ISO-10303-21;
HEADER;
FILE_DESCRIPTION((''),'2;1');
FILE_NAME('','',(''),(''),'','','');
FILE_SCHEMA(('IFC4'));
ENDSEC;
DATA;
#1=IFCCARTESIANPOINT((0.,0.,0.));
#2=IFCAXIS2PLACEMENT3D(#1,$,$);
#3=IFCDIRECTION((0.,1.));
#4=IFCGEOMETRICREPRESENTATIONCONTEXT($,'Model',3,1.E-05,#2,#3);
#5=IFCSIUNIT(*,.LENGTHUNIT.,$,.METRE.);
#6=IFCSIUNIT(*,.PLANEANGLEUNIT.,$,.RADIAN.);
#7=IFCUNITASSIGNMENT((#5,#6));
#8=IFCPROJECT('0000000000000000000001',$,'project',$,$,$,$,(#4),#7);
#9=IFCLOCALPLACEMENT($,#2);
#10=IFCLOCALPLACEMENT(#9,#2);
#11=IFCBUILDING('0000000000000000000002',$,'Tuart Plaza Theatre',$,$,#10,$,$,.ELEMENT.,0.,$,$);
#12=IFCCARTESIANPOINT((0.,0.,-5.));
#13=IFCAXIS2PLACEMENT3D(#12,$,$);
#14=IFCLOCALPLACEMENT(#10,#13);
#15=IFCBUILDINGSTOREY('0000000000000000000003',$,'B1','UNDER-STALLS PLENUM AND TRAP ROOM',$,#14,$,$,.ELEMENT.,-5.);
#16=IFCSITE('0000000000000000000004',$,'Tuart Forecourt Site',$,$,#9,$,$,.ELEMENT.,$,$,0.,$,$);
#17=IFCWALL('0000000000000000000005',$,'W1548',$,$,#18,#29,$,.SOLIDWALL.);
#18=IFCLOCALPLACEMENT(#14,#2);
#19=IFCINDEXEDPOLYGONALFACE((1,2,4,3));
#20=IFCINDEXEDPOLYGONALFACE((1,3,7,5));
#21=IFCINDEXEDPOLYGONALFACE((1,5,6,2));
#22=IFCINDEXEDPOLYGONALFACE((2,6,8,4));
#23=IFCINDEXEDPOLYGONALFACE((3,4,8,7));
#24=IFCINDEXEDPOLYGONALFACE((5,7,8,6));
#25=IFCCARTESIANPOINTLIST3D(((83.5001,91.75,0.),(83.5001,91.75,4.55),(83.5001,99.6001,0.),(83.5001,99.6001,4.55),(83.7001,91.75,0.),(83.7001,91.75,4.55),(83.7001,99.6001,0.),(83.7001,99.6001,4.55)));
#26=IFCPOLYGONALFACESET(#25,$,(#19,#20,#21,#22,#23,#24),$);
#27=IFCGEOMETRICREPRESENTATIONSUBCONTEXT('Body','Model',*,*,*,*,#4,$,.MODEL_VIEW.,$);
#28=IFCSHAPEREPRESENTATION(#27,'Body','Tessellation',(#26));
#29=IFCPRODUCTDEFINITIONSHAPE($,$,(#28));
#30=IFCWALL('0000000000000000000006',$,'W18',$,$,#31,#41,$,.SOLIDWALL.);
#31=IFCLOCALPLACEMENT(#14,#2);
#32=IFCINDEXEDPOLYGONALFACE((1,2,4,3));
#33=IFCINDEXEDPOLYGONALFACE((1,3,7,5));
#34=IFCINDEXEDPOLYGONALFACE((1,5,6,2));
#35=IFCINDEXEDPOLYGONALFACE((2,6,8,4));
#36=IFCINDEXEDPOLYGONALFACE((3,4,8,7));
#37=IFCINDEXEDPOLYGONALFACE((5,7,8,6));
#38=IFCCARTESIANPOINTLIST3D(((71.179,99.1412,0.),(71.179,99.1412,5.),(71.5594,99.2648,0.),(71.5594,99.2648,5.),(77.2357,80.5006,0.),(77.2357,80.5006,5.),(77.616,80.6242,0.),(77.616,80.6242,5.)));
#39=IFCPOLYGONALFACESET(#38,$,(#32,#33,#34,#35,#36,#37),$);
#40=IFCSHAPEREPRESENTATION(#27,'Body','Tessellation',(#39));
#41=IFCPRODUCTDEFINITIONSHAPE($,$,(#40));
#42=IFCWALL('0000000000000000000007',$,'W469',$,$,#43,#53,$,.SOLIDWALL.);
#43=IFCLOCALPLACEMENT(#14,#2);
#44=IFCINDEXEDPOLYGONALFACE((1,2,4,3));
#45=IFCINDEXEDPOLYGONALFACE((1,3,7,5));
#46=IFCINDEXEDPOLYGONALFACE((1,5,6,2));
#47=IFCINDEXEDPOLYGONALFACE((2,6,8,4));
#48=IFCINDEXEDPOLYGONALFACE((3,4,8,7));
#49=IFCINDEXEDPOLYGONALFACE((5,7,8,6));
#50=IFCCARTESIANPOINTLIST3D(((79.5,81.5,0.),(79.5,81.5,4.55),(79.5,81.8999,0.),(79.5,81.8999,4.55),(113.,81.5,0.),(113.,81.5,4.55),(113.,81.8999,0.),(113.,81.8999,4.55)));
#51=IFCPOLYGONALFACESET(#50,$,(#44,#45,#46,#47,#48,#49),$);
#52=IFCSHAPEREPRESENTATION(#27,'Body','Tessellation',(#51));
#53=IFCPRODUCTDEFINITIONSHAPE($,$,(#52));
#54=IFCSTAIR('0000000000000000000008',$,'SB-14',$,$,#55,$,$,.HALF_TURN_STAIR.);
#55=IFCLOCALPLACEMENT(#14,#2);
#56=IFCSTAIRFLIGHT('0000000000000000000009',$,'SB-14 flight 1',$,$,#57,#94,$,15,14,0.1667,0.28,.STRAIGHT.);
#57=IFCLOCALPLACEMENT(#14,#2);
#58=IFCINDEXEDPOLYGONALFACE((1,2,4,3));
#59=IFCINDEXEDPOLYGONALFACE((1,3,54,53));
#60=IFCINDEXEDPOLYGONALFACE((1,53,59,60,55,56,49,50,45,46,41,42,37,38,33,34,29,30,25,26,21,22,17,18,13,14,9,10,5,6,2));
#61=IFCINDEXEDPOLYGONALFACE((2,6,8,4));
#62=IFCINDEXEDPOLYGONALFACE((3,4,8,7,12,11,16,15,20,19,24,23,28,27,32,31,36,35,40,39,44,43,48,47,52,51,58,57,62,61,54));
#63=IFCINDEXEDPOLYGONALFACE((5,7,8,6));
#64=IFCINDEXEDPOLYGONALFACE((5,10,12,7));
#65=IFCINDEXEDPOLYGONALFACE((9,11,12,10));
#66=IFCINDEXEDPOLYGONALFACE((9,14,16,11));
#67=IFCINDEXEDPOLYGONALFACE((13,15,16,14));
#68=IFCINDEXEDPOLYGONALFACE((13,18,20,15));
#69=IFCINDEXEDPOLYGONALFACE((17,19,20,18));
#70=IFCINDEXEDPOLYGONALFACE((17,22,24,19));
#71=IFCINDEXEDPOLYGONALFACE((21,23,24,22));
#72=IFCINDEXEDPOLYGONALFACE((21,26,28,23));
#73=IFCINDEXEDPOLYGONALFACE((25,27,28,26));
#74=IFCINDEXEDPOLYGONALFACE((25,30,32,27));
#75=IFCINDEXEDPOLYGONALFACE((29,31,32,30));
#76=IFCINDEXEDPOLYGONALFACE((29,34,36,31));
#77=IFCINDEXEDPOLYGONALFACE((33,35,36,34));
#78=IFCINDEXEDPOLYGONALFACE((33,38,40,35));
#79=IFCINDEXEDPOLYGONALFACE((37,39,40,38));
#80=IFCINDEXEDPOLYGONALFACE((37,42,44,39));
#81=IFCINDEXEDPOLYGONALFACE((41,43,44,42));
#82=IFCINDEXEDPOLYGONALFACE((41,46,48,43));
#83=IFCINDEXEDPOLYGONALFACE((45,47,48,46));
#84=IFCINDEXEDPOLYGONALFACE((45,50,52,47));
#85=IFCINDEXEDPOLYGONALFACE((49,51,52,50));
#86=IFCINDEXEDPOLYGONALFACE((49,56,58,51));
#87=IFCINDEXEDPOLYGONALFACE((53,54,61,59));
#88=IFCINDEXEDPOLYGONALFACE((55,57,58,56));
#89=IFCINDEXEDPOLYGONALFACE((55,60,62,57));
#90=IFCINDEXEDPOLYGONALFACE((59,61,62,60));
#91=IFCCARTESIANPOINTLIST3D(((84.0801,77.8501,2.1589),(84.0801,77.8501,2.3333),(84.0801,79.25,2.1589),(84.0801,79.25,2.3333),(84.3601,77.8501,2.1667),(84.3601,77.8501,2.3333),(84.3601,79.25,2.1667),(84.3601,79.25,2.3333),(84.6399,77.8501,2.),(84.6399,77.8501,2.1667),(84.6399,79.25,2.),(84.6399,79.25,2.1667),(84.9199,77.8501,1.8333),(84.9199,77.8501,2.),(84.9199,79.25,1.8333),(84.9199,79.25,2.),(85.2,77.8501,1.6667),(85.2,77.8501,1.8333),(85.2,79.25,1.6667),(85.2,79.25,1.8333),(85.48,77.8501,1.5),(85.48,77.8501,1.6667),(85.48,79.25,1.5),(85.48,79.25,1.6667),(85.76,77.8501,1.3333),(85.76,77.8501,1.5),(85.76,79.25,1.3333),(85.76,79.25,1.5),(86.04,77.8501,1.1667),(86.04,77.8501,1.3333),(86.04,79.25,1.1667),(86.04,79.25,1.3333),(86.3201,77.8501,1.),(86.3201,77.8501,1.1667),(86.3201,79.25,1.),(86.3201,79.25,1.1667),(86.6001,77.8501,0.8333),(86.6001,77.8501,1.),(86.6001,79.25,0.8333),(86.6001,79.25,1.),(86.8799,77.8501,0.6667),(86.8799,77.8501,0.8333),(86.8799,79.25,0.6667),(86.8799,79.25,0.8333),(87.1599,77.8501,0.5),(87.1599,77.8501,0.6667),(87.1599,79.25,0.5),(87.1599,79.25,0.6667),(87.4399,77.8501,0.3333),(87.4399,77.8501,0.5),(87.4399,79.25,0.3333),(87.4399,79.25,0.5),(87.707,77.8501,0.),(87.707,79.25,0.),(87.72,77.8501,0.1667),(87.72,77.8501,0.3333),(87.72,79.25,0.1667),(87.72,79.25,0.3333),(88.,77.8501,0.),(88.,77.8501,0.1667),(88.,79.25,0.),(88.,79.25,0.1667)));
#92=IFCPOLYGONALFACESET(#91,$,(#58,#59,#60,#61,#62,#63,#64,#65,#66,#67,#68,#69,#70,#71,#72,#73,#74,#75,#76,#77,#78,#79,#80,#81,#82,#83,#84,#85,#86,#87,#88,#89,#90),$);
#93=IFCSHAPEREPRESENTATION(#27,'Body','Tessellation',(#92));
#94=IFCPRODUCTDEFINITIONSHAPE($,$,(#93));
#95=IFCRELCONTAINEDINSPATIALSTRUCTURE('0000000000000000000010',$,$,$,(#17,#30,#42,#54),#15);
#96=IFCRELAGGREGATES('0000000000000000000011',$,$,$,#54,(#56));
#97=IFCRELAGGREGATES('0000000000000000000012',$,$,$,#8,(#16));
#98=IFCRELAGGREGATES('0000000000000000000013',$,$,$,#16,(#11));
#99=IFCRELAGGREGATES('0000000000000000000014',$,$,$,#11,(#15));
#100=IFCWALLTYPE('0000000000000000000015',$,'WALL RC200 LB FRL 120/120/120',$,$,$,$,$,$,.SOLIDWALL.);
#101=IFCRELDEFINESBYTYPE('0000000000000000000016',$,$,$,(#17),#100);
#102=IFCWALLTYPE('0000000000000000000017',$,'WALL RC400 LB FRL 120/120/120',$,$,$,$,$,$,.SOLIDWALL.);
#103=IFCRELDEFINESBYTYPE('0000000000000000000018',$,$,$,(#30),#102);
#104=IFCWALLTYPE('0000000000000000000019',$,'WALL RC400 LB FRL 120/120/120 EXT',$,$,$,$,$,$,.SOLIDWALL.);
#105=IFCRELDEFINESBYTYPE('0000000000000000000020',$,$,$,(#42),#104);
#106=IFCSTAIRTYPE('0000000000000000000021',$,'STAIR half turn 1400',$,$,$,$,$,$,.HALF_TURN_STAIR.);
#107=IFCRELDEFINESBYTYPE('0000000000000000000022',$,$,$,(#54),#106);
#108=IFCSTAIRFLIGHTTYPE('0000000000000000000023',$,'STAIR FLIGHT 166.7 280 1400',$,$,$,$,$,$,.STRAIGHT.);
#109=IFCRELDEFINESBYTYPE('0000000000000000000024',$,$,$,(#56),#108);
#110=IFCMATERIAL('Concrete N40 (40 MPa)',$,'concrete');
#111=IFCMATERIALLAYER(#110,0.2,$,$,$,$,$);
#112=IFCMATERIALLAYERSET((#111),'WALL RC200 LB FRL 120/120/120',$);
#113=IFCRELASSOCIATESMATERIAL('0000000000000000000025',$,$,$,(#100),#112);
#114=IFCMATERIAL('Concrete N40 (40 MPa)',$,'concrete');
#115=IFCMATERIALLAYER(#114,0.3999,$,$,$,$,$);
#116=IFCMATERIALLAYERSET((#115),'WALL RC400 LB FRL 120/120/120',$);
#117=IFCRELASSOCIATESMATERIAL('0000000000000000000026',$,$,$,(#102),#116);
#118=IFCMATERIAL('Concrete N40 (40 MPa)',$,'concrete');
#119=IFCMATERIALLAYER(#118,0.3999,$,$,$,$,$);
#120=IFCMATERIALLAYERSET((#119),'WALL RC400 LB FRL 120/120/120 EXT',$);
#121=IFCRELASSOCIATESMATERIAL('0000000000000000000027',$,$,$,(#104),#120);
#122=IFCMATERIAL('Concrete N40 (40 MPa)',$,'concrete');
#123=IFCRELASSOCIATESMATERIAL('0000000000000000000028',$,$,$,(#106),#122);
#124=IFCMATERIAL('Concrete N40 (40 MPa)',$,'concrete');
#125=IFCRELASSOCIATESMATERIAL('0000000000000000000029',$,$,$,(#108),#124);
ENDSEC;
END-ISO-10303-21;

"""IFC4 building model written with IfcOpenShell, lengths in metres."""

from ifc_helpers import new_model, si_unit, direction, frame, frame_2d, origin, place, context, subcontext, project, spatial, polyline, rectangle, outline, extrude, material, layer, layer_set, type_object, element, aggregate, save


model = new_model("IFC4")

# Units and contexts
model_context = context("Model", 3, precision=1e-05, world=origin(), true_north=direction((0.0, 1.0)))
body_context = subcontext(model_context, "Body", "Model", "MODEL_VIEW")
ifc_project = project(units=[si_unit("LENGTHUNIT", "METRE"), si_unit("PLANEANGLEUNIT", "RADIAN")], contexts=[model_context])

# Site, building, storey
site_placement = place(None, origin())
site = spatial("IfcSite", under=ifc_project, at=site_placement, Name="Tuart Forecourt Site", CompositionType="ELEMENT", RefElevation=0.0)
building_placement = place(site_placement, origin())
building = spatial("IfcBuilding", under=site, at=building_placement, Name="Tuart Plaza Theatre", CompositionType="ELEMENT", ElevationOfRefHeight=0.0)
storey_placement = place(building_placement, frame((0.0, 0.0, -5.0)))
storey = spatial("IfcBuildingStorey", under=building, at=storey_placement, Name="B1", Description="UNDER-STALLS PLENUM AND TRAP ROOM", CompositionType="ELEMENT", Elevation=-5.0)

# Walls
ifc_material_1 = material(Name="Concrete N40 (40 MPa)", Category="concrete")
ifc_layer_1 = layer(ifc_material_1, 0.2)
ifc_layer_set_1 = layer_set([ifc_layer_1], Name="WALL RC200 LB FRL 120/120/120")
wall_type_1 = type_object("IfcWallType", Name="WALL RC200 LB FRL 120/120/120", PredefinedType="SOLIDWALL", material=ifc_layer_set_1)
wall_1_placement = place(storey_placement, frame((83.6001, 91.75, 0.0), z_axis=(0.0, 0.0, 1.0), x_axis=(0.0, 1.0, 0.0)))
element("IfcWall", 1, at=wall_1_placement, inside=storey, type_object=wall_type_1, Name="W1548", PredefinedType="SOLIDWALL", context=body_context, shape_type="SweptSolid", body=[
    extrude(rectangle(XDim=7.8501, YDim=0.2, at=frame_2d((3.925, 0.0))), origin(), (0.0, 0.0, 1.0), 4.55),
])
ifc_material_2 = material(Name="Concrete N40 (40 MPa)", Category="concrete")
ifc_layer_2 = layer(ifc_material_2, 0.3999)
ifc_layer_set_2 = layer_set([ifc_layer_2], Name="WALL RC400 LB FRL 120/120/120")
wall_type_2 = type_object("IfcWallType", Name="WALL RC400 LB FRL 120/120/120", PredefinedType="SOLIDWALL", material=ifc_layer_set_2)
wall_2_placement = place(storey_placement, frame((77.4258, 80.5625, 0.0), z_axis=(0.0, 0.0, 1.0), x_axis=(-0.309014, 0.951057, 0.0)))
element("IfcWall", 2, at=wall_2_placement, inside=storey, type_object=wall_type_2, Name="W18", PredefinedType="SOLIDWALL", context=body_context, shape_type="SweptSolid", body=[
    extrude(rectangle(XDim=19.5999, YDim=0.3999, at=frame_2d((9.7998, 0.0))), origin(), (0.0, 0.0, 1.0), 5.0),
])
ifc_material_3 = material(Name="Concrete N40 (40 MPa)", Category="concrete")
ifc_layer_3 = layer(ifc_material_3, 0.3999)
ifc_layer_set_3 = layer_set([ifc_layer_3], Name="WALL RC400 LB FRL 120/120/120 EXT")
wall_type_3 = type_object("IfcWallType", Name="WALL RC400 LB FRL 120/120/120 EXT", PredefinedType="SOLIDWALL", material=ifc_layer_set_3)
wall_3_placement = place(storey_placement, frame((79.5, 81.7, 0.0), z_axis=(0.0, 0.0, 1.0), x_axis=(1.0, 0.0, 0.0)))
element("IfcWall", 3, at=wall_3_placement, inside=storey, type_object=wall_type_3, Name="W469", PredefinedType="SOLIDWALL", context=body_context, shape_type="SweptSolid", body=[
    extrude(rectangle(XDim=33.5, YDim=0.3999, at=frame_2d((16.75, 0.0))), origin(), (0.0, 0.0, 1.0), 4.55),
])

# Stair, stair flight
ifc_material_4 = material(Name="Concrete N40 (40 MPa)", Category="concrete")
stair_type = type_object("IfcStairType", Name="STAIR half turn 1400", PredefinedType="HALF_TURN_STAIR", material=ifc_material_4)
stair_placement = place(storey_placement, origin())
stair = element("IfcStair", 4, at=stair_placement, inside=storey, type_object=stair_type, Name="SB-14", PredefinedType="HALF_TURN_STAIR")
ifc_material_5 = material(Name="Concrete N40 (40 MPa)", Category="concrete")
stair_flight_type = type_object("IfcStairFlightType", Name="STAIR FLIGHT 166.7 280 1400", PredefinedType="STRAIGHT", material=ifc_material_5)
stair_flight_placement = place(storey_placement, frame((88.0, 78.55, 0.0), z_axis=(0.0, 0.0, 1.0), x_axis=(-1.0, 0.0, 0.0)))
stair_flight = element("IfcStairFlight", 5, at=stair_flight_placement, type_object=stair_flight_type, Name="SB-14 flight 1", NumberOfRisers=15, NumberOfTreads=14, PredefinedType="STRAIGHT", RiserHeight=0.1667, TreadLength=0.28, context=body_context, shape_type="SweptSolid", body=[
    extrude(outline(polyline([(0.0, 0.0), (0.0, 0.1667), (0.28, 0.1667), (0.28, 0.3333), (0.5601, 0.3333), (0.5601, 0.5), (0.8401, 0.5), (0.8401, 0.6667), (1.1201, 0.6667), (1.1201, 0.8333), (1.3999, 0.8333), (1.3999, 1.0), (1.6799, 1.0), (1.6799, 1.1667), (1.96, 1.1667), (1.96, 1.3333), (2.24, 1.3333), (2.24, 1.5), (2.52, 1.5), (2.52, 1.6667), (2.8, 1.6667), (2.8, 1.8333), (3.0801, 1.8333), (3.0801, 2.0), (3.3601, 2.0), (3.3601, 2.1667), (3.6399, 2.1667), (3.6399, 2.3333), (3.9199, 2.3333), (3.9199, 2.5), (3.9199, 2.1589), (0.293, 0.0), (0.0, 0.0)])), frame((0.0, 0.7, 0.0), z_axis=(0.0, -1.0, 0.0), x_axis=(1.0, 0.0, 0.0)), (0.0, 0.0, 1.0), 1.3999),
])
aggregate(stair, [stair_flight])

save(model, "model.ifc")
